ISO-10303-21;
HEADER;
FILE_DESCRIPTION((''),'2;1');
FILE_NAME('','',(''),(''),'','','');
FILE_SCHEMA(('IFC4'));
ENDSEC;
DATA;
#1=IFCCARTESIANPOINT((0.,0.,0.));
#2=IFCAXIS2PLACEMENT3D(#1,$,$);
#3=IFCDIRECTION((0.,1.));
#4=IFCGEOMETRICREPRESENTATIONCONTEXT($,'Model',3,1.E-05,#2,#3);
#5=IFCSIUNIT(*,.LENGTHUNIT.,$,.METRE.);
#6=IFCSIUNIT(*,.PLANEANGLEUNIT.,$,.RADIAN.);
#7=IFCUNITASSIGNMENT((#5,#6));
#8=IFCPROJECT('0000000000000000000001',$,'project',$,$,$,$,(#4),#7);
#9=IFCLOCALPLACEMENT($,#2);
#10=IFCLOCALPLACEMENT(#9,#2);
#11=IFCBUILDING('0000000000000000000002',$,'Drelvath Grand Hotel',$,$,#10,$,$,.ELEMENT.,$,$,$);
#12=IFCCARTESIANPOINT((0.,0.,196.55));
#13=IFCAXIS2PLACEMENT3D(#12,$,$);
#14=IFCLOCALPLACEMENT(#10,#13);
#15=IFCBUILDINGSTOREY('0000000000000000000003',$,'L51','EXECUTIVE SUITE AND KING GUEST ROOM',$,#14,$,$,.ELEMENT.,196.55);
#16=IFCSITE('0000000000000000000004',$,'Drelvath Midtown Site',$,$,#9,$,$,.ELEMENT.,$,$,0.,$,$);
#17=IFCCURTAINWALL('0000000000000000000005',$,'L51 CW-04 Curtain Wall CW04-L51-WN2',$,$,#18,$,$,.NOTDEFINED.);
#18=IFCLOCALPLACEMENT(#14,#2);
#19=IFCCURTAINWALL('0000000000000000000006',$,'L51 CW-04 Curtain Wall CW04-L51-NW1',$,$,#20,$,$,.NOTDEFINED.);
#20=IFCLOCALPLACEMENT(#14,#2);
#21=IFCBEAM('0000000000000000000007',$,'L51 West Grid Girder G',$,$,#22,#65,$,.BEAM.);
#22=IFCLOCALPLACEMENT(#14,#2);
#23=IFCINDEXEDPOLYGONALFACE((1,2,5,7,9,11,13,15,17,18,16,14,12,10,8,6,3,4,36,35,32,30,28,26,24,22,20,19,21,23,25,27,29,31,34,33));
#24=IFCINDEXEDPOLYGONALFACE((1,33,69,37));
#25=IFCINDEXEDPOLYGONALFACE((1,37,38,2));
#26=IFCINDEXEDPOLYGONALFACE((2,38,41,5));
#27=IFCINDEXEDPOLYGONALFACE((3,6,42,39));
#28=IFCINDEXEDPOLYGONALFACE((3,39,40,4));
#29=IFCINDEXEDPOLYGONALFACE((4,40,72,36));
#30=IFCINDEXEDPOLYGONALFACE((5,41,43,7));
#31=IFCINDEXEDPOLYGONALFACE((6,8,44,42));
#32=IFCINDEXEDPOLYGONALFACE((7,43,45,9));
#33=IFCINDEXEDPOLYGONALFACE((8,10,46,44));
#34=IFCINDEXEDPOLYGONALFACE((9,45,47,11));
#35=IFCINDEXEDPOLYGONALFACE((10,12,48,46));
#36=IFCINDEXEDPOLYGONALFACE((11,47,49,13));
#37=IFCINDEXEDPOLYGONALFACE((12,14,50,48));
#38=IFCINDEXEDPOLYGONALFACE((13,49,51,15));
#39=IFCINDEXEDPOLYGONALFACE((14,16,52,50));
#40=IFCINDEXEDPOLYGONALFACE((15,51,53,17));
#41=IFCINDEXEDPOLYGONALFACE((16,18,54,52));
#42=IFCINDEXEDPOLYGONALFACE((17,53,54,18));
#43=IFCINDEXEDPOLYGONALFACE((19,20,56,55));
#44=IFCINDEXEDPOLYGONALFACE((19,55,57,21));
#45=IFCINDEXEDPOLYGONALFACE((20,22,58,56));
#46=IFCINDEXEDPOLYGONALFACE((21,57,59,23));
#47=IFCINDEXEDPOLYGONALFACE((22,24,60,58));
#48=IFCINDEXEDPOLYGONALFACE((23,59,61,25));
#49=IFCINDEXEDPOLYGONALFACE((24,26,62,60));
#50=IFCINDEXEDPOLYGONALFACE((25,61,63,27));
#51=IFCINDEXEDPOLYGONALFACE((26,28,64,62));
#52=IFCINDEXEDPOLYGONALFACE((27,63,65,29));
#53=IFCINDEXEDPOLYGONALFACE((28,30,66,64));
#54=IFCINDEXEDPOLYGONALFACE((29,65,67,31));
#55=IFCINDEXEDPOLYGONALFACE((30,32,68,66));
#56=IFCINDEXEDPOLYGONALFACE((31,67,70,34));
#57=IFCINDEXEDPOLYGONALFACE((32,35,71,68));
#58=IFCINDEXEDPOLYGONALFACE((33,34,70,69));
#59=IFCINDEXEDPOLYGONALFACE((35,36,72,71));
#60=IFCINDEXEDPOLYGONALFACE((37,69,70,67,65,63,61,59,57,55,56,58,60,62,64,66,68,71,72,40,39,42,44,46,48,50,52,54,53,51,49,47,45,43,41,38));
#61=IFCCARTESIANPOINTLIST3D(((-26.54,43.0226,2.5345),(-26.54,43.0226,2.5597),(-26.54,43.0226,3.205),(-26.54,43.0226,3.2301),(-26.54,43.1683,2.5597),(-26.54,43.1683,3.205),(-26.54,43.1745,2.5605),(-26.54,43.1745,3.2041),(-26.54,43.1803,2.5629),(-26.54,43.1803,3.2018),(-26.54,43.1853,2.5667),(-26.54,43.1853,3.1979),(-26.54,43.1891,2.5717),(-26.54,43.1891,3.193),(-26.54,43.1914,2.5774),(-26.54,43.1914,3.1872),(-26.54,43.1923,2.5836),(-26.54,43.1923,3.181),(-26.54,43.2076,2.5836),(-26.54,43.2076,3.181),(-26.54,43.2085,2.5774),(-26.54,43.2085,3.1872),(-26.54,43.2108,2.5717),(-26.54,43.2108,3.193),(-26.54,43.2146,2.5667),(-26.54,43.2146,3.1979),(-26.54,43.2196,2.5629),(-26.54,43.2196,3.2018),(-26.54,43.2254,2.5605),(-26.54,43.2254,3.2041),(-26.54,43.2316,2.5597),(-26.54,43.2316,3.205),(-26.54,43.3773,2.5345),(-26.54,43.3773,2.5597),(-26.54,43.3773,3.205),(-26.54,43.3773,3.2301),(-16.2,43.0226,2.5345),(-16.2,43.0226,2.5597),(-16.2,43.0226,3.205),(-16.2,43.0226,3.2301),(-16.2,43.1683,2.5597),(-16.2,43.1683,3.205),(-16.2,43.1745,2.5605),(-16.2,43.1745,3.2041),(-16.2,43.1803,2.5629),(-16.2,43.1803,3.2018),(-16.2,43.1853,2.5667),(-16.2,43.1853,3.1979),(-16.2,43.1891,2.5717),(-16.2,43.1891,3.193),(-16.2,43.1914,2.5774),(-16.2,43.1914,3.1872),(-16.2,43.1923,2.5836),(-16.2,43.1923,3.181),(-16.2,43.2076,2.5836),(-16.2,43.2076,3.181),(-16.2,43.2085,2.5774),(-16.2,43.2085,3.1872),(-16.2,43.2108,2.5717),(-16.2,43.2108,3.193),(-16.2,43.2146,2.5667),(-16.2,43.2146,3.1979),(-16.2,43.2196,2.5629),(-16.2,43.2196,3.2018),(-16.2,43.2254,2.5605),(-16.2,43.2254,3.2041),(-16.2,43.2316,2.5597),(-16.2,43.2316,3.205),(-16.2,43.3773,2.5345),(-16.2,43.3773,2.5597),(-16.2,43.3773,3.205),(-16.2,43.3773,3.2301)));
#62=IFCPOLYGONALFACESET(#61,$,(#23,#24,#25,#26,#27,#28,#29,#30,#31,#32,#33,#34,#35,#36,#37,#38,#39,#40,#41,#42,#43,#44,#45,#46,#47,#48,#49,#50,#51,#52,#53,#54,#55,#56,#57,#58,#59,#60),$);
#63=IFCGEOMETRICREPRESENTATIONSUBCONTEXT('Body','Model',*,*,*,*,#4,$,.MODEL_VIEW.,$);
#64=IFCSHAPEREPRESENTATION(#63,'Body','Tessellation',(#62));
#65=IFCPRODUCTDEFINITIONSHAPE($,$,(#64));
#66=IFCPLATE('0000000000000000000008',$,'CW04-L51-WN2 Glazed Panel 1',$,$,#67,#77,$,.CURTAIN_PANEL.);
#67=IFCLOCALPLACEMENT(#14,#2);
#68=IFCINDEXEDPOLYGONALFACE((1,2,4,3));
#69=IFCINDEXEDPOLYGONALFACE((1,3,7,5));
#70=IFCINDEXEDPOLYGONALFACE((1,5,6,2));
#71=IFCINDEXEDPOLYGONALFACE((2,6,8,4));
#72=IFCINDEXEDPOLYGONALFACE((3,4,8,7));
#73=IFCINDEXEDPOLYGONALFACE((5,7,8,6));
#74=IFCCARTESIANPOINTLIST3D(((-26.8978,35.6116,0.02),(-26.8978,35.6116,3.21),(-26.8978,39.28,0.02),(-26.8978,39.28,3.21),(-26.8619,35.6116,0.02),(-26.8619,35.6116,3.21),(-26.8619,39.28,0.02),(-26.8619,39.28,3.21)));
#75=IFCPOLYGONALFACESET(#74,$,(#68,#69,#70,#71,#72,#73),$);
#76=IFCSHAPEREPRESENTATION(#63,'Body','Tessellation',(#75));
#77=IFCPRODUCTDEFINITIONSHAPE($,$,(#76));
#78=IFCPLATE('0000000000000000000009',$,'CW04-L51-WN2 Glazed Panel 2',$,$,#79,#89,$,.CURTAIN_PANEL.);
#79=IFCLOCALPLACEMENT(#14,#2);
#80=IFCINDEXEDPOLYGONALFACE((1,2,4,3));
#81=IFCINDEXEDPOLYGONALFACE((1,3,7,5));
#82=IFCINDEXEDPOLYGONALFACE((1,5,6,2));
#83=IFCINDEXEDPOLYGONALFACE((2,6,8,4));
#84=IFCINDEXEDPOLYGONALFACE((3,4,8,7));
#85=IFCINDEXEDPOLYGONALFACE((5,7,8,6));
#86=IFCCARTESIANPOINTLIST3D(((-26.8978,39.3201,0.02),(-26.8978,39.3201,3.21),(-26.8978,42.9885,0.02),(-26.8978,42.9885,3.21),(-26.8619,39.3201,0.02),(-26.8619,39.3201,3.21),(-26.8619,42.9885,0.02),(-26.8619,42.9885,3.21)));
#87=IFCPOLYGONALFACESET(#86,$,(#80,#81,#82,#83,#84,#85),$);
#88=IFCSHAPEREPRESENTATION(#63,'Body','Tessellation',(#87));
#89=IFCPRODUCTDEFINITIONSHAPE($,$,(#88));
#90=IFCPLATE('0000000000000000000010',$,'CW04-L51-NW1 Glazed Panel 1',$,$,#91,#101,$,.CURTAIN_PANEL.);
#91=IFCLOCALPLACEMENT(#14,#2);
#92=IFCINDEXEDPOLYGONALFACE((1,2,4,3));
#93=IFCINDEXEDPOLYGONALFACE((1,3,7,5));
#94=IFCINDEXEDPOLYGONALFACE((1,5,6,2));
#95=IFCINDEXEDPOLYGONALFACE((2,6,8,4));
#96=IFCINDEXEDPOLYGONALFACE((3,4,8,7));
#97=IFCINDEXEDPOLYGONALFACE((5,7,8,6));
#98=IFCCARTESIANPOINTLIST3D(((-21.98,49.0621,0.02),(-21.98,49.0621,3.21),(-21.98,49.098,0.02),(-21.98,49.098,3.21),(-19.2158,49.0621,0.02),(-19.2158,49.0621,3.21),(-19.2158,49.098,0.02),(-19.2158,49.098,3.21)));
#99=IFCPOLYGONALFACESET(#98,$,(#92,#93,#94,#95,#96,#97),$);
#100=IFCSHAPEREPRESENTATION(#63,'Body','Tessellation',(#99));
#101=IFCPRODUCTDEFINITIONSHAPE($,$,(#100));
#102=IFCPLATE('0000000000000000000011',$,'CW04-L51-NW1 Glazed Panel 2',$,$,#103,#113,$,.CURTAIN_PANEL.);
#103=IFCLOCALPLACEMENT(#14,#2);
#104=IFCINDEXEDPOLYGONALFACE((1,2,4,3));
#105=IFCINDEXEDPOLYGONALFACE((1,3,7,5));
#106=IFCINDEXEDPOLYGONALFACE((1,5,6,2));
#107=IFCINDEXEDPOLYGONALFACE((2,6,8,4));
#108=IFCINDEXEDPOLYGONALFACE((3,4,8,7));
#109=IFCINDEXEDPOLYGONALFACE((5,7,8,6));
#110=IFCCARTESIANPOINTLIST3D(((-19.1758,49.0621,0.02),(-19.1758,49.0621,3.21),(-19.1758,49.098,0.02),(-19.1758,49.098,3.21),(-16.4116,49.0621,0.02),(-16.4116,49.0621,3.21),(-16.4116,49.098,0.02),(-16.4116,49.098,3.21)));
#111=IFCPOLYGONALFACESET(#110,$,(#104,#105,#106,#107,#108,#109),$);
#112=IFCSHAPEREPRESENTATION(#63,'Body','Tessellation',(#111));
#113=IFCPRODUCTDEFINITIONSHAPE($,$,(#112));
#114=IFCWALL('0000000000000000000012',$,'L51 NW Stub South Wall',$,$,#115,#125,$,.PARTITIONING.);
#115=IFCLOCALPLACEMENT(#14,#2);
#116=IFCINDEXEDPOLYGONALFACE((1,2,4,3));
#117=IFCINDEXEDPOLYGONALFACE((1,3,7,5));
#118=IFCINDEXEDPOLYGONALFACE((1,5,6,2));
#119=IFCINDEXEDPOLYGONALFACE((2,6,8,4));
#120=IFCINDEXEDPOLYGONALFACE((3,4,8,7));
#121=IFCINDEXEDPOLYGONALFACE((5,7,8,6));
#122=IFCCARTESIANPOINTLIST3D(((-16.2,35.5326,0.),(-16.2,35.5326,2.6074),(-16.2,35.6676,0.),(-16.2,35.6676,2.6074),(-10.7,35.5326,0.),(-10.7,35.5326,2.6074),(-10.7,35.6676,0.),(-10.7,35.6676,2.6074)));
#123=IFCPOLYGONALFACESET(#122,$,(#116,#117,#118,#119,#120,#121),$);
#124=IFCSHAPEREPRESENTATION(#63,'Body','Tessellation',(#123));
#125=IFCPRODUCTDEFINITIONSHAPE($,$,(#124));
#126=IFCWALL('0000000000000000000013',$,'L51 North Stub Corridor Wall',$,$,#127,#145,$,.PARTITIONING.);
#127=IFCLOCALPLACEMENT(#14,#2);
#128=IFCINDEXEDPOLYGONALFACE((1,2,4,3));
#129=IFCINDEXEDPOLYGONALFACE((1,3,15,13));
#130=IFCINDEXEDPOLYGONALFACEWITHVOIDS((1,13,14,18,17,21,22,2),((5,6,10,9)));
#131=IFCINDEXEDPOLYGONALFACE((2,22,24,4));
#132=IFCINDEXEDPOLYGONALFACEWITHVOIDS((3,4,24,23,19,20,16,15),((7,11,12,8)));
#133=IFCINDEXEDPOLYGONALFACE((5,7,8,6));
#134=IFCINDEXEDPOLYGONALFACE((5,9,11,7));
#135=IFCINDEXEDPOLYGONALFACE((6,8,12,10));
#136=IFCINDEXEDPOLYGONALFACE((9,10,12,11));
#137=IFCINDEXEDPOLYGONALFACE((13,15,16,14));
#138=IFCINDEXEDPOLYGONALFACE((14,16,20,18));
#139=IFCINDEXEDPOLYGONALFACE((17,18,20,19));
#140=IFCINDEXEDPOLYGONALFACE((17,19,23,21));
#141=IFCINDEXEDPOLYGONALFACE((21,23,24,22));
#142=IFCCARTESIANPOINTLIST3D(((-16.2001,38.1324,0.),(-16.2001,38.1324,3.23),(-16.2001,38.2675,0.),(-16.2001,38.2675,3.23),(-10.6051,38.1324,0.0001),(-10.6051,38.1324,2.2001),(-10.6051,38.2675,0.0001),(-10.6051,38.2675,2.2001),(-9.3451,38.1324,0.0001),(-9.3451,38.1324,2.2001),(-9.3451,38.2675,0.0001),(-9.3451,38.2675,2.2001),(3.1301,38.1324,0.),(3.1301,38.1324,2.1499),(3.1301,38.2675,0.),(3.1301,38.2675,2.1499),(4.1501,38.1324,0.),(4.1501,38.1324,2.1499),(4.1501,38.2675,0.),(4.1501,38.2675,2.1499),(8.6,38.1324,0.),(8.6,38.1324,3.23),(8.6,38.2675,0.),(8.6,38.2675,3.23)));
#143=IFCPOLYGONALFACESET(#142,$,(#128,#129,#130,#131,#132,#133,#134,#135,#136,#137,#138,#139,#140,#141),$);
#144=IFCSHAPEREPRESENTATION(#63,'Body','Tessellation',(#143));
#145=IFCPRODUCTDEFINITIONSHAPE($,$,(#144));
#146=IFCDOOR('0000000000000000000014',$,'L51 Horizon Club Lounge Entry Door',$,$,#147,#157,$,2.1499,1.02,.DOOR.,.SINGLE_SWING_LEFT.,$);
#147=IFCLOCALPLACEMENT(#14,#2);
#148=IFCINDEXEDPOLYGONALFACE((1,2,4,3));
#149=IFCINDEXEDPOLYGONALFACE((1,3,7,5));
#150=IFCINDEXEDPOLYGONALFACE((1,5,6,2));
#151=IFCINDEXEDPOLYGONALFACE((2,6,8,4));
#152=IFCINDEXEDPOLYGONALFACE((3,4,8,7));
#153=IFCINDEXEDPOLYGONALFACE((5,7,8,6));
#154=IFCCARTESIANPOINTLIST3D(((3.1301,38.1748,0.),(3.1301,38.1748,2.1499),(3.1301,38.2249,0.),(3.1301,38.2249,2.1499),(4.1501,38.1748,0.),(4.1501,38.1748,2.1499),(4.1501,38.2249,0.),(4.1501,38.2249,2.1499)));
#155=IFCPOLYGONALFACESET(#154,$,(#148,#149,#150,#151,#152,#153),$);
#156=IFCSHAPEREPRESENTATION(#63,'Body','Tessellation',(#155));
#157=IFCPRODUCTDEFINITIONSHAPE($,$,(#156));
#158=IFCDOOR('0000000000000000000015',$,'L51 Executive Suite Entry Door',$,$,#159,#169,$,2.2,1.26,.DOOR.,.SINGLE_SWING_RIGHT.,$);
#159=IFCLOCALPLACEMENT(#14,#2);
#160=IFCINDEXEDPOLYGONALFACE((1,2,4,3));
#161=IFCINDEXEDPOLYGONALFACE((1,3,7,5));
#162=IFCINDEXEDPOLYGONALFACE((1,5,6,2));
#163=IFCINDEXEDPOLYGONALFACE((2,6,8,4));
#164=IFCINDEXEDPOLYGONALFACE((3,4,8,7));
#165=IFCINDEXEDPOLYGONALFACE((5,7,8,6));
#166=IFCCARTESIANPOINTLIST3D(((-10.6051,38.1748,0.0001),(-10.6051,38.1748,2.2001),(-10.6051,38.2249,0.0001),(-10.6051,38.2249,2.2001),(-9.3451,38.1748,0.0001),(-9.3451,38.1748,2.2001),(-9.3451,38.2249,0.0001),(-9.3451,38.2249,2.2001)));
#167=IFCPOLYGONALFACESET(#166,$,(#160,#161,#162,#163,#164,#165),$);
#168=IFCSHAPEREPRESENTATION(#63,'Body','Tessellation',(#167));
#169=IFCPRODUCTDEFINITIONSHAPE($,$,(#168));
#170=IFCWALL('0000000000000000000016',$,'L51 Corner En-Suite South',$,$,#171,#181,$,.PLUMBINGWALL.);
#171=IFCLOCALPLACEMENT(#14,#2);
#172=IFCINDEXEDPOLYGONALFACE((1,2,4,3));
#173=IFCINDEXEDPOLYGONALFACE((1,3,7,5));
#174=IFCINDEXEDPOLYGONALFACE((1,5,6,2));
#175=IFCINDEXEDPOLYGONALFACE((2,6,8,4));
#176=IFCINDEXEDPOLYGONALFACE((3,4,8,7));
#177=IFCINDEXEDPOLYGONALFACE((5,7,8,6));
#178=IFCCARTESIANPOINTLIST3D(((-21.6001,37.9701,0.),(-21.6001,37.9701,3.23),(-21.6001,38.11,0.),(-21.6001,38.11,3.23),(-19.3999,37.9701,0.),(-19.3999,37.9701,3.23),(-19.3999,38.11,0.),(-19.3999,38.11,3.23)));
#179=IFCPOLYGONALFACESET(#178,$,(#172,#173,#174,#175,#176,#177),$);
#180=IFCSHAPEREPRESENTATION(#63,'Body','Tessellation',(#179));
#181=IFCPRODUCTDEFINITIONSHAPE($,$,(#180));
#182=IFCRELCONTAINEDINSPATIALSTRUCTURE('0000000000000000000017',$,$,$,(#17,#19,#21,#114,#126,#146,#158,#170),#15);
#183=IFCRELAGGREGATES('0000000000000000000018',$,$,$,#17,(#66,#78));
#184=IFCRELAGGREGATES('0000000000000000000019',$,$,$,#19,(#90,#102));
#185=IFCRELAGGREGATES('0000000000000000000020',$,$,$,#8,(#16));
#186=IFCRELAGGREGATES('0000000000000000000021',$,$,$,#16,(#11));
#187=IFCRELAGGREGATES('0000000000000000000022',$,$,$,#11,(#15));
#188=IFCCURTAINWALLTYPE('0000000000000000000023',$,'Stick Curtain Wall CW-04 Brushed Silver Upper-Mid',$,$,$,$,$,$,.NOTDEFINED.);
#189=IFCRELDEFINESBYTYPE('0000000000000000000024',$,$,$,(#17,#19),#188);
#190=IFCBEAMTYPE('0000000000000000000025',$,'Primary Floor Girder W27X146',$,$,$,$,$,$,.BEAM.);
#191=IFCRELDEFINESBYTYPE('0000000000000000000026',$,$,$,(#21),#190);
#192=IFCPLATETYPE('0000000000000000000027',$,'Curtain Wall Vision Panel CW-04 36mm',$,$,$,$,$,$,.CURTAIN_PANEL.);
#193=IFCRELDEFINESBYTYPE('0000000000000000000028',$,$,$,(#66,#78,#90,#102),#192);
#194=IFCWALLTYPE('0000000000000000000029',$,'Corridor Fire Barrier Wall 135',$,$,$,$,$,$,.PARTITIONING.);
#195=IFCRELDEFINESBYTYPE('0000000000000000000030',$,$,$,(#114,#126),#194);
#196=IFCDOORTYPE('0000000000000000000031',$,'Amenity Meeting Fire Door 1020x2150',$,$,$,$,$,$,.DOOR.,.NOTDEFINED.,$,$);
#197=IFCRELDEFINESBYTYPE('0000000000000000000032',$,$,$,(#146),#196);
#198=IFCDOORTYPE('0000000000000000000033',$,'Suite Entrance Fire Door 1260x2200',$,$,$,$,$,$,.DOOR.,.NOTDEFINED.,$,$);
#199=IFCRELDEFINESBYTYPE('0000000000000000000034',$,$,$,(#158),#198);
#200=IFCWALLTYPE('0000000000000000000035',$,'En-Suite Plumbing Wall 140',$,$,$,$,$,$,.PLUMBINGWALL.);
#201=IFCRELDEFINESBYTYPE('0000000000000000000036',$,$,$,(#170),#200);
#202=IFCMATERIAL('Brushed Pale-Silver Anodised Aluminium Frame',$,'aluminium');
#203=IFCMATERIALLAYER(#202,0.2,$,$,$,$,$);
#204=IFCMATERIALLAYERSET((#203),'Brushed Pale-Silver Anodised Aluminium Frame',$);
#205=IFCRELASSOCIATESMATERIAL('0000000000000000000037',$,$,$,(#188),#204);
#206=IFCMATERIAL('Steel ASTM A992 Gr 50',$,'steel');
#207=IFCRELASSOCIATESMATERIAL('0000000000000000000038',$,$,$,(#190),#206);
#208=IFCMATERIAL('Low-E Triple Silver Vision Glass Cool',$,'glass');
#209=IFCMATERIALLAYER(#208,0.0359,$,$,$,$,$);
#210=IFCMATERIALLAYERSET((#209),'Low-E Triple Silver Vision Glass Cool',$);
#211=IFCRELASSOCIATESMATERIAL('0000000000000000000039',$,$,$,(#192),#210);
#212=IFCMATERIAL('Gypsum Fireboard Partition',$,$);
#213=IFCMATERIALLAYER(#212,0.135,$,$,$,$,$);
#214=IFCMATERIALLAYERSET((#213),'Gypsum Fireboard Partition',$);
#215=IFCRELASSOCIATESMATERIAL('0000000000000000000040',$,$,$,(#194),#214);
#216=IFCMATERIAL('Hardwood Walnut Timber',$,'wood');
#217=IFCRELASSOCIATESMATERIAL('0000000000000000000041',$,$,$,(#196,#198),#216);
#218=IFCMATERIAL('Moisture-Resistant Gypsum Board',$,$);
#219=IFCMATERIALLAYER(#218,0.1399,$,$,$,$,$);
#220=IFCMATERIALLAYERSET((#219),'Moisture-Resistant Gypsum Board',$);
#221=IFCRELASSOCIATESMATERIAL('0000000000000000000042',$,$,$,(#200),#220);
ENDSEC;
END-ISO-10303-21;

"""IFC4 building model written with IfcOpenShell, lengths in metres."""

from ifc_helpers import new_model, si_unit, direction, frame, frame_2d, origin, origin_2d, place, context, subcontext, project, spatial, rectangle, i_section, extrude, material, layer, layer_set, material_profile, profile_set, type_object, element, fill, aggregate, save


model = new_model("IFC4")

# Units and contexts
model_context = context("Model", 3, precision=1e-05, world=origin(), true_north=direction((0.0, 1.0)))
body_context = subcontext(model_context, "Body", "Model", "MODEL_VIEW")
ifc_project = project(units=[si_unit("LENGTHUNIT", "METRE"), si_unit("PLANEANGLEUNIT", "RADIAN")], contexts=[model_context])

# Site, building, storey
site_placement = place(None, origin())
site = spatial("IfcSite", under=ifc_project, at=site_placement, Name="Drelvath Midtown Site", CompositionType="ELEMENT", RefElevation=0.0)
building_placement = place(site_placement, origin())
building = spatial("IfcBuilding", under=site, at=building_placement, Name="Drelvath Grand Hotel", CompositionType="ELEMENT")
storey_placement = place(building_placement, frame((0.0, 0.0, 196.55)))
storey = spatial("IfcBuildingStorey", under=building, at=storey_placement, Name="L51", Description="EXECUTIVE SUITE AND KING GUEST ROOM", CompositionType="ELEMENT", Elevation=196.55)

# Curtain walls
ifc_material_1 = material(Name="Brushed Pale-Silver Anodised Aluminium Frame", Category="aluminium")
ifc_layer_1 = layer(ifc_material_1, 0.2)
ifc_layer_set_1 = layer_set([ifc_layer_1], Name="Brushed Pale-Silver Anodised Aluminium Frame")
curtain_wall_type = type_object("IfcCurtainWallType", Name="Stick Curtain Wall CW-04 Brushed Silver Upper-Mid", PredefinedType="NOTDEFINED", material=ifc_layer_set_1)
curtain_wall_1_placement = place(storey_placement, origin())
curtain_wall_1 = element("IfcCurtainWall", 1, at=curtain_wall_1_placement, inside=storey, type_object=curtain_wall_type, Name="L51 CW-04 Curtain Wall CW04-L51-WN2", PredefinedType="NOTDEFINED")
curtain_wall_2_placement = place(storey_placement, origin())
curtain_wall_2 = element("IfcCurtainWall", 2, at=curtain_wall_2_placement, inside=storey, type_object=curtain_wall_type, Name="L51 CW-04 Curtain Wall CW04-L51-NW1", PredefinedType="NOTDEFINED")

# Beam
ifc_material_2 = material(Name="Steel ASTM A992 Gr 50", Category="steel")
ifc_material_profile_1 = material_profile(ifc_material_2, i_section(OverallWidth=0.3547, OverallDepth=0.6956, WebThickness=0.0154, FlangeThickness=0.0251, FilletRadius=0.0239, at=origin_2d()), Name="W27X146")
ifc_profile_set_1 = profile_set([ifc_material_profile_1], Name="Steel ASTM A992 Gr 50")
beam_type = type_object("IfcBeamType", Name="Primary Floor Girder W27X146", PredefinedType="BEAM", material=ifc_profile_set_1)
beam_placement = place(storey_placement, frame((-26.54, 43.2, 2.8823), z_axis=(1.0, 0.0, 0.0), x_axis=(0.0, 1.0, 0.0)))
element("IfcBeam", 3, at=beam_placement, inside=storey, type_object=beam_type, Name="L51 West Grid Girder G", PredefinedType="BEAM", context=body_context, shape_type="SweptSolid", body=[
    extrude(i_section(OverallWidth=0.3547, OverallDepth=0.6956, WebThickness=0.0154, FlangeThickness=0.0251, FilletRadius=0.0239, at=origin_2d()), origin(), (0.0, 0.0, 1.0), 10.3401),
])

# Plates
ifc_material_3 = material(Name="Low-E Triple Silver Vision Glass Cool", Category="glass")
ifc_layer_2 = layer(ifc_material_3, 0.0359)
ifc_layer_set_2 = layer_set([ifc_layer_2], Name="Low-E Triple Silver Vision Glass Cool")
plate_type = type_object("IfcPlateType", Name="Curtain Wall Vision Panel CW-04 36mm", PredefinedType="CURTAIN_PANEL", material=ifc_layer_set_2)
plate_1_placement = place(storey_placement, frame((-26.8799, 37.4458, 0.02), z_axis=(0.0, 0.0, 1.0), x_axis=(0.0, 1.0, 0.0)))
plate_1 = element("IfcPlate", 4, at=plate_1_placement, type_object=plate_type, Name="CW04-L51-WN2 Glazed Panel 1", PredefinedType="CURTAIN_PANEL", context=body_context, shape_type="SweptSolid", body=[
    extrude(rectangle(XDim=3.6685, YDim=0.0359, at=origin_2d()), origin(), (0.0, 0.0, 1.0), 3.1899),
])
plate_2_placement = place(storey_placement, frame((-26.8799, 41.1543, 0.02), z_axis=(0.0, 0.0, 1.0), x_axis=(0.0, 1.0, 0.0)))
plate_2 = element("IfcPlate", 5, at=plate_2_placement, type_object=plate_type, Name="CW04-L51-WN2 Glazed Panel 2", PredefinedType="CURTAIN_PANEL", context=body_context, shape_type="SweptSolid", body=[
    extrude(rectangle(XDim=3.6685, YDim=0.0359, at=origin_2d()), origin(), (0.0, 0.0, 1.0), 3.1899),
])
aggregate(curtain_wall_1, [plate_1, plate_2])
plate_3_placement = place(storey_placement, frame((-20.5979, 49.0801, 0.02), z_axis=(0.0, 0.0, 1.0), x_axis=(1.0, 0.0, 0.0)))
plate_3 = element("IfcPlate", 6, at=plate_3_placement, type_object=plate_type, Name="CW04-L51-NW1 Glazed Panel 1", PredefinedType="CURTAIN_PANEL", context=body_context, shape_type="SweptSolid", body=[
    extrude(rectangle(XDim=2.7642, YDim=0.0359, at=origin_2d()), origin(), (0.0, 0.0, 1.0), 3.1899),
])
plate_4_placement = place(storey_placement, frame((-17.7937, 49.0801, 0.02), z_axis=(0.0, 0.0, 1.0), x_axis=(1.0, 0.0, 0.0)))
plate_4 = element("IfcPlate", 7, at=plate_4_placement, type_object=plate_type, Name="CW04-L51-NW1 Glazed Panel 2", PredefinedType="CURTAIN_PANEL", context=body_context, shape_type="SweptSolid", body=[
    extrude(rectangle(XDim=2.7642, YDim=0.0359, at=origin_2d()), origin(), (0.0, 0.0, 1.0), 3.1899),
])
aggregate(curtain_wall_2, [plate_3, plate_4])

# Wall
ifc_material_4 = material(Name="Gypsum Fireboard Partition")
ifc_layer_3 = layer(ifc_material_4, 0.135)
ifc_layer_set_3 = layer_set([ifc_layer_3], Name="Gypsum Fireboard Partition")
wall_type_1 = type_object("IfcWallType", Name="Corridor Fire Barrier Wall 135", PredefinedType="PARTITIONING", material=ifc_layer_set_3)
wall_1_placement = place(storey_placement, frame((-16.2, 35.6001, 0.0), z_axis=(0.0, 0.0, 1.0), x_axis=(1.0, 0.0, 0.0)))
element("IfcWall", 8, at=wall_1_placement, inside=storey, type_object=wall_type_1, Name="L51 NW Stub South Wall", PredefinedType="PARTITIONING", context=body_context, shape_type="SweptSolid", body=[
    extrude(rectangle(XDim=5.5, YDim=0.135, at=frame_2d((2.75, 0.0))), origin(), (0.0, 0.0, 1.0), 2.6074),
])

# Wall, openings, doors
wall_2_placement = place(storey_placement, frame((-16.2, 38.2, 0.0), z_axis=(0.0, 0.0, 1.0), x_axis=(1.0, 0.0, 0.0)))
wall_2 = element("IfcWall", 9, at=wall_2_placement, inside=storey, type_object=wall_type_1, Name="L51 North Stub Corridor Wall", PredefinedType="PARTITIONING", context=body_context, shape_type="SweptSolid", body=[
    extrude(rectangle(XDim=24.8, YDim=0.135, at=frame_2d((12.3999, 0.0))), origin(), (0.0, 0.0, 1.0), 3.23),
])
opening_1_placement = place(wall_2_placement, frame((5.595, 0.0, 0.0)))
opening_1 = element("IfcOpeningElement", 10, at=opening_1_placement, cuts=wall_2, PredefinedType="OPENING", context=body_context, shape_type="SweptSolid", body=[
    extrude(rectangle(XDim=1.26, YDim=2.2, at=frame_2d((0.6299, 1.1001))), frame((0.0, 0.0774, 0.0), z_axis=(0.0, -1.0, 0.0), x_axis=(1.0, 0.0, 0.0)), (0.0, 0.0, 1.0), 0.155),
])
opening_2_placement = place(wall_2_placement, frame((19.3301, 0.0, 0.0)))
opening_2 = element("IfcOpeningElement", 11, at=opening_2_placement, cuts=wall_2, PredefinedType="OPENING", context=body_context, shape_type="SweptSolid", body=[
    extrude(rectangle(XDim=1.02, YDim=2.1499, at=frame_2d((0.51, 1.075))), frame((0.0, 0.0774, 0.0), z_axis=(0.0, -1.0, 0.0), x_axis=(1.0, 0.0, 0.0)), (0.0, 0.0, 1.0), 0.155),
])
ifc_material_5 = material(Name="Hardwood Walnut Timber", Category="wood")
door_type_1 = type_object("IfcDoorType", Name="Amenity Meeting Fire Door 1020x2150", OperationType="NOTDEFINED", PredefinedType="DOOR", material=ifc_material_5)
door_1_placement = place(opening_2_placement, origin())
door_1 = element("IfcDoor", 12, at=door_1_placement, inside=storey, type_object=door_type_1, Name="L51 Horizon Club Lounge Entry Door", OperationType="SINGLE_SWING_LEFT", OverallHeight=2.1499, OverallWidth=1.02, PredefinedType="DOOR", context=body_context, shape_type="SweptSolid", body=[
    extrude(rectangle(XDim=1.02, YDim=2.1499, at=frame_2d((0.51, 1.075))), frame((0.0, 0.0249, 0.0), z_axis=(0.0, -1.0, 0.0), x_axis=(1.0, 0.0, 0.0)), (0.0, 0.0, 1.0), 0.05),
])
fill(opening_2, door_1)
door_type_2 = type_object("IfcDoorType", Name="Suite Entrance Fire Door 1260x2200", OperationType="NOTDEFINED", PredefinedType="DOOR", material=ifc_material_5)
door_2_placement = place(opening_1_placement, origin())
door_2 = element("IfcDoor", 13, at=door_2_placement, inside=storey, type_object=door_type_2, Name="L51 Executive Suite Entry Door", OperationType="SINGLE_SWING_RIGHT", OverallHeight=2.2, OverallWidth=1.26, PredefinedType="DOOR", context=body_context, shape_type="SweptSolid", body=[
    extrude(rectangle(XDim=1.26, YDim=2.2, at=frame_2d((0.6299, 1.1001))), frame((0.0, 0.0249, 0.0), z_axis=(0.0, -1.0, 0.0), x_axis=(1.0, 0.0, 0.0)), (0.0, 0.0, 1.0), 0.05),
])
fill(opening_1, door_2)

# Wall
ifc_material_6 = material(Name="Moisture-Resistant Gypsum Board")
ifc_layer_4 = layer(ifc_material_6, 0.1399)
ifc_layer_set_4 = layer_set([ifc_layer_4], Name="Moisture-Resistant Gypsum Board")
wall_type_2 = type_object("IfcWallType", Name="En-Suite Plumbing Wall 140", PredefinedType="PLUMBINGWALL", material=ifc_layer_set_4)
for number, where, z_axis, x_axis, name in (
    (14, (-21.6001, 38.04, 0.0), (0.0, 0.0, 1.0), (1.0, 0.0, 0.0), "L51 Corner En-Suite South"),
):
    element("IfcWall", number, at=place(storey_placement, frame(where, z_axis=z_axis, x_axis=x_axis)), inside=storey, type_object=wall_type_2, Name=name, PredefinedType="PLUMBINGWALL", context=body_context, shape_type="SweptSolid", body=[
        extrude(rectangle(XDim=2.2002, YDim=0.1399, at=frame_2d((1.1001, 0.0))), origin(), (0.0, 0.0, 1.0), 3.23),
    ])

save(model, "model.ifc")
